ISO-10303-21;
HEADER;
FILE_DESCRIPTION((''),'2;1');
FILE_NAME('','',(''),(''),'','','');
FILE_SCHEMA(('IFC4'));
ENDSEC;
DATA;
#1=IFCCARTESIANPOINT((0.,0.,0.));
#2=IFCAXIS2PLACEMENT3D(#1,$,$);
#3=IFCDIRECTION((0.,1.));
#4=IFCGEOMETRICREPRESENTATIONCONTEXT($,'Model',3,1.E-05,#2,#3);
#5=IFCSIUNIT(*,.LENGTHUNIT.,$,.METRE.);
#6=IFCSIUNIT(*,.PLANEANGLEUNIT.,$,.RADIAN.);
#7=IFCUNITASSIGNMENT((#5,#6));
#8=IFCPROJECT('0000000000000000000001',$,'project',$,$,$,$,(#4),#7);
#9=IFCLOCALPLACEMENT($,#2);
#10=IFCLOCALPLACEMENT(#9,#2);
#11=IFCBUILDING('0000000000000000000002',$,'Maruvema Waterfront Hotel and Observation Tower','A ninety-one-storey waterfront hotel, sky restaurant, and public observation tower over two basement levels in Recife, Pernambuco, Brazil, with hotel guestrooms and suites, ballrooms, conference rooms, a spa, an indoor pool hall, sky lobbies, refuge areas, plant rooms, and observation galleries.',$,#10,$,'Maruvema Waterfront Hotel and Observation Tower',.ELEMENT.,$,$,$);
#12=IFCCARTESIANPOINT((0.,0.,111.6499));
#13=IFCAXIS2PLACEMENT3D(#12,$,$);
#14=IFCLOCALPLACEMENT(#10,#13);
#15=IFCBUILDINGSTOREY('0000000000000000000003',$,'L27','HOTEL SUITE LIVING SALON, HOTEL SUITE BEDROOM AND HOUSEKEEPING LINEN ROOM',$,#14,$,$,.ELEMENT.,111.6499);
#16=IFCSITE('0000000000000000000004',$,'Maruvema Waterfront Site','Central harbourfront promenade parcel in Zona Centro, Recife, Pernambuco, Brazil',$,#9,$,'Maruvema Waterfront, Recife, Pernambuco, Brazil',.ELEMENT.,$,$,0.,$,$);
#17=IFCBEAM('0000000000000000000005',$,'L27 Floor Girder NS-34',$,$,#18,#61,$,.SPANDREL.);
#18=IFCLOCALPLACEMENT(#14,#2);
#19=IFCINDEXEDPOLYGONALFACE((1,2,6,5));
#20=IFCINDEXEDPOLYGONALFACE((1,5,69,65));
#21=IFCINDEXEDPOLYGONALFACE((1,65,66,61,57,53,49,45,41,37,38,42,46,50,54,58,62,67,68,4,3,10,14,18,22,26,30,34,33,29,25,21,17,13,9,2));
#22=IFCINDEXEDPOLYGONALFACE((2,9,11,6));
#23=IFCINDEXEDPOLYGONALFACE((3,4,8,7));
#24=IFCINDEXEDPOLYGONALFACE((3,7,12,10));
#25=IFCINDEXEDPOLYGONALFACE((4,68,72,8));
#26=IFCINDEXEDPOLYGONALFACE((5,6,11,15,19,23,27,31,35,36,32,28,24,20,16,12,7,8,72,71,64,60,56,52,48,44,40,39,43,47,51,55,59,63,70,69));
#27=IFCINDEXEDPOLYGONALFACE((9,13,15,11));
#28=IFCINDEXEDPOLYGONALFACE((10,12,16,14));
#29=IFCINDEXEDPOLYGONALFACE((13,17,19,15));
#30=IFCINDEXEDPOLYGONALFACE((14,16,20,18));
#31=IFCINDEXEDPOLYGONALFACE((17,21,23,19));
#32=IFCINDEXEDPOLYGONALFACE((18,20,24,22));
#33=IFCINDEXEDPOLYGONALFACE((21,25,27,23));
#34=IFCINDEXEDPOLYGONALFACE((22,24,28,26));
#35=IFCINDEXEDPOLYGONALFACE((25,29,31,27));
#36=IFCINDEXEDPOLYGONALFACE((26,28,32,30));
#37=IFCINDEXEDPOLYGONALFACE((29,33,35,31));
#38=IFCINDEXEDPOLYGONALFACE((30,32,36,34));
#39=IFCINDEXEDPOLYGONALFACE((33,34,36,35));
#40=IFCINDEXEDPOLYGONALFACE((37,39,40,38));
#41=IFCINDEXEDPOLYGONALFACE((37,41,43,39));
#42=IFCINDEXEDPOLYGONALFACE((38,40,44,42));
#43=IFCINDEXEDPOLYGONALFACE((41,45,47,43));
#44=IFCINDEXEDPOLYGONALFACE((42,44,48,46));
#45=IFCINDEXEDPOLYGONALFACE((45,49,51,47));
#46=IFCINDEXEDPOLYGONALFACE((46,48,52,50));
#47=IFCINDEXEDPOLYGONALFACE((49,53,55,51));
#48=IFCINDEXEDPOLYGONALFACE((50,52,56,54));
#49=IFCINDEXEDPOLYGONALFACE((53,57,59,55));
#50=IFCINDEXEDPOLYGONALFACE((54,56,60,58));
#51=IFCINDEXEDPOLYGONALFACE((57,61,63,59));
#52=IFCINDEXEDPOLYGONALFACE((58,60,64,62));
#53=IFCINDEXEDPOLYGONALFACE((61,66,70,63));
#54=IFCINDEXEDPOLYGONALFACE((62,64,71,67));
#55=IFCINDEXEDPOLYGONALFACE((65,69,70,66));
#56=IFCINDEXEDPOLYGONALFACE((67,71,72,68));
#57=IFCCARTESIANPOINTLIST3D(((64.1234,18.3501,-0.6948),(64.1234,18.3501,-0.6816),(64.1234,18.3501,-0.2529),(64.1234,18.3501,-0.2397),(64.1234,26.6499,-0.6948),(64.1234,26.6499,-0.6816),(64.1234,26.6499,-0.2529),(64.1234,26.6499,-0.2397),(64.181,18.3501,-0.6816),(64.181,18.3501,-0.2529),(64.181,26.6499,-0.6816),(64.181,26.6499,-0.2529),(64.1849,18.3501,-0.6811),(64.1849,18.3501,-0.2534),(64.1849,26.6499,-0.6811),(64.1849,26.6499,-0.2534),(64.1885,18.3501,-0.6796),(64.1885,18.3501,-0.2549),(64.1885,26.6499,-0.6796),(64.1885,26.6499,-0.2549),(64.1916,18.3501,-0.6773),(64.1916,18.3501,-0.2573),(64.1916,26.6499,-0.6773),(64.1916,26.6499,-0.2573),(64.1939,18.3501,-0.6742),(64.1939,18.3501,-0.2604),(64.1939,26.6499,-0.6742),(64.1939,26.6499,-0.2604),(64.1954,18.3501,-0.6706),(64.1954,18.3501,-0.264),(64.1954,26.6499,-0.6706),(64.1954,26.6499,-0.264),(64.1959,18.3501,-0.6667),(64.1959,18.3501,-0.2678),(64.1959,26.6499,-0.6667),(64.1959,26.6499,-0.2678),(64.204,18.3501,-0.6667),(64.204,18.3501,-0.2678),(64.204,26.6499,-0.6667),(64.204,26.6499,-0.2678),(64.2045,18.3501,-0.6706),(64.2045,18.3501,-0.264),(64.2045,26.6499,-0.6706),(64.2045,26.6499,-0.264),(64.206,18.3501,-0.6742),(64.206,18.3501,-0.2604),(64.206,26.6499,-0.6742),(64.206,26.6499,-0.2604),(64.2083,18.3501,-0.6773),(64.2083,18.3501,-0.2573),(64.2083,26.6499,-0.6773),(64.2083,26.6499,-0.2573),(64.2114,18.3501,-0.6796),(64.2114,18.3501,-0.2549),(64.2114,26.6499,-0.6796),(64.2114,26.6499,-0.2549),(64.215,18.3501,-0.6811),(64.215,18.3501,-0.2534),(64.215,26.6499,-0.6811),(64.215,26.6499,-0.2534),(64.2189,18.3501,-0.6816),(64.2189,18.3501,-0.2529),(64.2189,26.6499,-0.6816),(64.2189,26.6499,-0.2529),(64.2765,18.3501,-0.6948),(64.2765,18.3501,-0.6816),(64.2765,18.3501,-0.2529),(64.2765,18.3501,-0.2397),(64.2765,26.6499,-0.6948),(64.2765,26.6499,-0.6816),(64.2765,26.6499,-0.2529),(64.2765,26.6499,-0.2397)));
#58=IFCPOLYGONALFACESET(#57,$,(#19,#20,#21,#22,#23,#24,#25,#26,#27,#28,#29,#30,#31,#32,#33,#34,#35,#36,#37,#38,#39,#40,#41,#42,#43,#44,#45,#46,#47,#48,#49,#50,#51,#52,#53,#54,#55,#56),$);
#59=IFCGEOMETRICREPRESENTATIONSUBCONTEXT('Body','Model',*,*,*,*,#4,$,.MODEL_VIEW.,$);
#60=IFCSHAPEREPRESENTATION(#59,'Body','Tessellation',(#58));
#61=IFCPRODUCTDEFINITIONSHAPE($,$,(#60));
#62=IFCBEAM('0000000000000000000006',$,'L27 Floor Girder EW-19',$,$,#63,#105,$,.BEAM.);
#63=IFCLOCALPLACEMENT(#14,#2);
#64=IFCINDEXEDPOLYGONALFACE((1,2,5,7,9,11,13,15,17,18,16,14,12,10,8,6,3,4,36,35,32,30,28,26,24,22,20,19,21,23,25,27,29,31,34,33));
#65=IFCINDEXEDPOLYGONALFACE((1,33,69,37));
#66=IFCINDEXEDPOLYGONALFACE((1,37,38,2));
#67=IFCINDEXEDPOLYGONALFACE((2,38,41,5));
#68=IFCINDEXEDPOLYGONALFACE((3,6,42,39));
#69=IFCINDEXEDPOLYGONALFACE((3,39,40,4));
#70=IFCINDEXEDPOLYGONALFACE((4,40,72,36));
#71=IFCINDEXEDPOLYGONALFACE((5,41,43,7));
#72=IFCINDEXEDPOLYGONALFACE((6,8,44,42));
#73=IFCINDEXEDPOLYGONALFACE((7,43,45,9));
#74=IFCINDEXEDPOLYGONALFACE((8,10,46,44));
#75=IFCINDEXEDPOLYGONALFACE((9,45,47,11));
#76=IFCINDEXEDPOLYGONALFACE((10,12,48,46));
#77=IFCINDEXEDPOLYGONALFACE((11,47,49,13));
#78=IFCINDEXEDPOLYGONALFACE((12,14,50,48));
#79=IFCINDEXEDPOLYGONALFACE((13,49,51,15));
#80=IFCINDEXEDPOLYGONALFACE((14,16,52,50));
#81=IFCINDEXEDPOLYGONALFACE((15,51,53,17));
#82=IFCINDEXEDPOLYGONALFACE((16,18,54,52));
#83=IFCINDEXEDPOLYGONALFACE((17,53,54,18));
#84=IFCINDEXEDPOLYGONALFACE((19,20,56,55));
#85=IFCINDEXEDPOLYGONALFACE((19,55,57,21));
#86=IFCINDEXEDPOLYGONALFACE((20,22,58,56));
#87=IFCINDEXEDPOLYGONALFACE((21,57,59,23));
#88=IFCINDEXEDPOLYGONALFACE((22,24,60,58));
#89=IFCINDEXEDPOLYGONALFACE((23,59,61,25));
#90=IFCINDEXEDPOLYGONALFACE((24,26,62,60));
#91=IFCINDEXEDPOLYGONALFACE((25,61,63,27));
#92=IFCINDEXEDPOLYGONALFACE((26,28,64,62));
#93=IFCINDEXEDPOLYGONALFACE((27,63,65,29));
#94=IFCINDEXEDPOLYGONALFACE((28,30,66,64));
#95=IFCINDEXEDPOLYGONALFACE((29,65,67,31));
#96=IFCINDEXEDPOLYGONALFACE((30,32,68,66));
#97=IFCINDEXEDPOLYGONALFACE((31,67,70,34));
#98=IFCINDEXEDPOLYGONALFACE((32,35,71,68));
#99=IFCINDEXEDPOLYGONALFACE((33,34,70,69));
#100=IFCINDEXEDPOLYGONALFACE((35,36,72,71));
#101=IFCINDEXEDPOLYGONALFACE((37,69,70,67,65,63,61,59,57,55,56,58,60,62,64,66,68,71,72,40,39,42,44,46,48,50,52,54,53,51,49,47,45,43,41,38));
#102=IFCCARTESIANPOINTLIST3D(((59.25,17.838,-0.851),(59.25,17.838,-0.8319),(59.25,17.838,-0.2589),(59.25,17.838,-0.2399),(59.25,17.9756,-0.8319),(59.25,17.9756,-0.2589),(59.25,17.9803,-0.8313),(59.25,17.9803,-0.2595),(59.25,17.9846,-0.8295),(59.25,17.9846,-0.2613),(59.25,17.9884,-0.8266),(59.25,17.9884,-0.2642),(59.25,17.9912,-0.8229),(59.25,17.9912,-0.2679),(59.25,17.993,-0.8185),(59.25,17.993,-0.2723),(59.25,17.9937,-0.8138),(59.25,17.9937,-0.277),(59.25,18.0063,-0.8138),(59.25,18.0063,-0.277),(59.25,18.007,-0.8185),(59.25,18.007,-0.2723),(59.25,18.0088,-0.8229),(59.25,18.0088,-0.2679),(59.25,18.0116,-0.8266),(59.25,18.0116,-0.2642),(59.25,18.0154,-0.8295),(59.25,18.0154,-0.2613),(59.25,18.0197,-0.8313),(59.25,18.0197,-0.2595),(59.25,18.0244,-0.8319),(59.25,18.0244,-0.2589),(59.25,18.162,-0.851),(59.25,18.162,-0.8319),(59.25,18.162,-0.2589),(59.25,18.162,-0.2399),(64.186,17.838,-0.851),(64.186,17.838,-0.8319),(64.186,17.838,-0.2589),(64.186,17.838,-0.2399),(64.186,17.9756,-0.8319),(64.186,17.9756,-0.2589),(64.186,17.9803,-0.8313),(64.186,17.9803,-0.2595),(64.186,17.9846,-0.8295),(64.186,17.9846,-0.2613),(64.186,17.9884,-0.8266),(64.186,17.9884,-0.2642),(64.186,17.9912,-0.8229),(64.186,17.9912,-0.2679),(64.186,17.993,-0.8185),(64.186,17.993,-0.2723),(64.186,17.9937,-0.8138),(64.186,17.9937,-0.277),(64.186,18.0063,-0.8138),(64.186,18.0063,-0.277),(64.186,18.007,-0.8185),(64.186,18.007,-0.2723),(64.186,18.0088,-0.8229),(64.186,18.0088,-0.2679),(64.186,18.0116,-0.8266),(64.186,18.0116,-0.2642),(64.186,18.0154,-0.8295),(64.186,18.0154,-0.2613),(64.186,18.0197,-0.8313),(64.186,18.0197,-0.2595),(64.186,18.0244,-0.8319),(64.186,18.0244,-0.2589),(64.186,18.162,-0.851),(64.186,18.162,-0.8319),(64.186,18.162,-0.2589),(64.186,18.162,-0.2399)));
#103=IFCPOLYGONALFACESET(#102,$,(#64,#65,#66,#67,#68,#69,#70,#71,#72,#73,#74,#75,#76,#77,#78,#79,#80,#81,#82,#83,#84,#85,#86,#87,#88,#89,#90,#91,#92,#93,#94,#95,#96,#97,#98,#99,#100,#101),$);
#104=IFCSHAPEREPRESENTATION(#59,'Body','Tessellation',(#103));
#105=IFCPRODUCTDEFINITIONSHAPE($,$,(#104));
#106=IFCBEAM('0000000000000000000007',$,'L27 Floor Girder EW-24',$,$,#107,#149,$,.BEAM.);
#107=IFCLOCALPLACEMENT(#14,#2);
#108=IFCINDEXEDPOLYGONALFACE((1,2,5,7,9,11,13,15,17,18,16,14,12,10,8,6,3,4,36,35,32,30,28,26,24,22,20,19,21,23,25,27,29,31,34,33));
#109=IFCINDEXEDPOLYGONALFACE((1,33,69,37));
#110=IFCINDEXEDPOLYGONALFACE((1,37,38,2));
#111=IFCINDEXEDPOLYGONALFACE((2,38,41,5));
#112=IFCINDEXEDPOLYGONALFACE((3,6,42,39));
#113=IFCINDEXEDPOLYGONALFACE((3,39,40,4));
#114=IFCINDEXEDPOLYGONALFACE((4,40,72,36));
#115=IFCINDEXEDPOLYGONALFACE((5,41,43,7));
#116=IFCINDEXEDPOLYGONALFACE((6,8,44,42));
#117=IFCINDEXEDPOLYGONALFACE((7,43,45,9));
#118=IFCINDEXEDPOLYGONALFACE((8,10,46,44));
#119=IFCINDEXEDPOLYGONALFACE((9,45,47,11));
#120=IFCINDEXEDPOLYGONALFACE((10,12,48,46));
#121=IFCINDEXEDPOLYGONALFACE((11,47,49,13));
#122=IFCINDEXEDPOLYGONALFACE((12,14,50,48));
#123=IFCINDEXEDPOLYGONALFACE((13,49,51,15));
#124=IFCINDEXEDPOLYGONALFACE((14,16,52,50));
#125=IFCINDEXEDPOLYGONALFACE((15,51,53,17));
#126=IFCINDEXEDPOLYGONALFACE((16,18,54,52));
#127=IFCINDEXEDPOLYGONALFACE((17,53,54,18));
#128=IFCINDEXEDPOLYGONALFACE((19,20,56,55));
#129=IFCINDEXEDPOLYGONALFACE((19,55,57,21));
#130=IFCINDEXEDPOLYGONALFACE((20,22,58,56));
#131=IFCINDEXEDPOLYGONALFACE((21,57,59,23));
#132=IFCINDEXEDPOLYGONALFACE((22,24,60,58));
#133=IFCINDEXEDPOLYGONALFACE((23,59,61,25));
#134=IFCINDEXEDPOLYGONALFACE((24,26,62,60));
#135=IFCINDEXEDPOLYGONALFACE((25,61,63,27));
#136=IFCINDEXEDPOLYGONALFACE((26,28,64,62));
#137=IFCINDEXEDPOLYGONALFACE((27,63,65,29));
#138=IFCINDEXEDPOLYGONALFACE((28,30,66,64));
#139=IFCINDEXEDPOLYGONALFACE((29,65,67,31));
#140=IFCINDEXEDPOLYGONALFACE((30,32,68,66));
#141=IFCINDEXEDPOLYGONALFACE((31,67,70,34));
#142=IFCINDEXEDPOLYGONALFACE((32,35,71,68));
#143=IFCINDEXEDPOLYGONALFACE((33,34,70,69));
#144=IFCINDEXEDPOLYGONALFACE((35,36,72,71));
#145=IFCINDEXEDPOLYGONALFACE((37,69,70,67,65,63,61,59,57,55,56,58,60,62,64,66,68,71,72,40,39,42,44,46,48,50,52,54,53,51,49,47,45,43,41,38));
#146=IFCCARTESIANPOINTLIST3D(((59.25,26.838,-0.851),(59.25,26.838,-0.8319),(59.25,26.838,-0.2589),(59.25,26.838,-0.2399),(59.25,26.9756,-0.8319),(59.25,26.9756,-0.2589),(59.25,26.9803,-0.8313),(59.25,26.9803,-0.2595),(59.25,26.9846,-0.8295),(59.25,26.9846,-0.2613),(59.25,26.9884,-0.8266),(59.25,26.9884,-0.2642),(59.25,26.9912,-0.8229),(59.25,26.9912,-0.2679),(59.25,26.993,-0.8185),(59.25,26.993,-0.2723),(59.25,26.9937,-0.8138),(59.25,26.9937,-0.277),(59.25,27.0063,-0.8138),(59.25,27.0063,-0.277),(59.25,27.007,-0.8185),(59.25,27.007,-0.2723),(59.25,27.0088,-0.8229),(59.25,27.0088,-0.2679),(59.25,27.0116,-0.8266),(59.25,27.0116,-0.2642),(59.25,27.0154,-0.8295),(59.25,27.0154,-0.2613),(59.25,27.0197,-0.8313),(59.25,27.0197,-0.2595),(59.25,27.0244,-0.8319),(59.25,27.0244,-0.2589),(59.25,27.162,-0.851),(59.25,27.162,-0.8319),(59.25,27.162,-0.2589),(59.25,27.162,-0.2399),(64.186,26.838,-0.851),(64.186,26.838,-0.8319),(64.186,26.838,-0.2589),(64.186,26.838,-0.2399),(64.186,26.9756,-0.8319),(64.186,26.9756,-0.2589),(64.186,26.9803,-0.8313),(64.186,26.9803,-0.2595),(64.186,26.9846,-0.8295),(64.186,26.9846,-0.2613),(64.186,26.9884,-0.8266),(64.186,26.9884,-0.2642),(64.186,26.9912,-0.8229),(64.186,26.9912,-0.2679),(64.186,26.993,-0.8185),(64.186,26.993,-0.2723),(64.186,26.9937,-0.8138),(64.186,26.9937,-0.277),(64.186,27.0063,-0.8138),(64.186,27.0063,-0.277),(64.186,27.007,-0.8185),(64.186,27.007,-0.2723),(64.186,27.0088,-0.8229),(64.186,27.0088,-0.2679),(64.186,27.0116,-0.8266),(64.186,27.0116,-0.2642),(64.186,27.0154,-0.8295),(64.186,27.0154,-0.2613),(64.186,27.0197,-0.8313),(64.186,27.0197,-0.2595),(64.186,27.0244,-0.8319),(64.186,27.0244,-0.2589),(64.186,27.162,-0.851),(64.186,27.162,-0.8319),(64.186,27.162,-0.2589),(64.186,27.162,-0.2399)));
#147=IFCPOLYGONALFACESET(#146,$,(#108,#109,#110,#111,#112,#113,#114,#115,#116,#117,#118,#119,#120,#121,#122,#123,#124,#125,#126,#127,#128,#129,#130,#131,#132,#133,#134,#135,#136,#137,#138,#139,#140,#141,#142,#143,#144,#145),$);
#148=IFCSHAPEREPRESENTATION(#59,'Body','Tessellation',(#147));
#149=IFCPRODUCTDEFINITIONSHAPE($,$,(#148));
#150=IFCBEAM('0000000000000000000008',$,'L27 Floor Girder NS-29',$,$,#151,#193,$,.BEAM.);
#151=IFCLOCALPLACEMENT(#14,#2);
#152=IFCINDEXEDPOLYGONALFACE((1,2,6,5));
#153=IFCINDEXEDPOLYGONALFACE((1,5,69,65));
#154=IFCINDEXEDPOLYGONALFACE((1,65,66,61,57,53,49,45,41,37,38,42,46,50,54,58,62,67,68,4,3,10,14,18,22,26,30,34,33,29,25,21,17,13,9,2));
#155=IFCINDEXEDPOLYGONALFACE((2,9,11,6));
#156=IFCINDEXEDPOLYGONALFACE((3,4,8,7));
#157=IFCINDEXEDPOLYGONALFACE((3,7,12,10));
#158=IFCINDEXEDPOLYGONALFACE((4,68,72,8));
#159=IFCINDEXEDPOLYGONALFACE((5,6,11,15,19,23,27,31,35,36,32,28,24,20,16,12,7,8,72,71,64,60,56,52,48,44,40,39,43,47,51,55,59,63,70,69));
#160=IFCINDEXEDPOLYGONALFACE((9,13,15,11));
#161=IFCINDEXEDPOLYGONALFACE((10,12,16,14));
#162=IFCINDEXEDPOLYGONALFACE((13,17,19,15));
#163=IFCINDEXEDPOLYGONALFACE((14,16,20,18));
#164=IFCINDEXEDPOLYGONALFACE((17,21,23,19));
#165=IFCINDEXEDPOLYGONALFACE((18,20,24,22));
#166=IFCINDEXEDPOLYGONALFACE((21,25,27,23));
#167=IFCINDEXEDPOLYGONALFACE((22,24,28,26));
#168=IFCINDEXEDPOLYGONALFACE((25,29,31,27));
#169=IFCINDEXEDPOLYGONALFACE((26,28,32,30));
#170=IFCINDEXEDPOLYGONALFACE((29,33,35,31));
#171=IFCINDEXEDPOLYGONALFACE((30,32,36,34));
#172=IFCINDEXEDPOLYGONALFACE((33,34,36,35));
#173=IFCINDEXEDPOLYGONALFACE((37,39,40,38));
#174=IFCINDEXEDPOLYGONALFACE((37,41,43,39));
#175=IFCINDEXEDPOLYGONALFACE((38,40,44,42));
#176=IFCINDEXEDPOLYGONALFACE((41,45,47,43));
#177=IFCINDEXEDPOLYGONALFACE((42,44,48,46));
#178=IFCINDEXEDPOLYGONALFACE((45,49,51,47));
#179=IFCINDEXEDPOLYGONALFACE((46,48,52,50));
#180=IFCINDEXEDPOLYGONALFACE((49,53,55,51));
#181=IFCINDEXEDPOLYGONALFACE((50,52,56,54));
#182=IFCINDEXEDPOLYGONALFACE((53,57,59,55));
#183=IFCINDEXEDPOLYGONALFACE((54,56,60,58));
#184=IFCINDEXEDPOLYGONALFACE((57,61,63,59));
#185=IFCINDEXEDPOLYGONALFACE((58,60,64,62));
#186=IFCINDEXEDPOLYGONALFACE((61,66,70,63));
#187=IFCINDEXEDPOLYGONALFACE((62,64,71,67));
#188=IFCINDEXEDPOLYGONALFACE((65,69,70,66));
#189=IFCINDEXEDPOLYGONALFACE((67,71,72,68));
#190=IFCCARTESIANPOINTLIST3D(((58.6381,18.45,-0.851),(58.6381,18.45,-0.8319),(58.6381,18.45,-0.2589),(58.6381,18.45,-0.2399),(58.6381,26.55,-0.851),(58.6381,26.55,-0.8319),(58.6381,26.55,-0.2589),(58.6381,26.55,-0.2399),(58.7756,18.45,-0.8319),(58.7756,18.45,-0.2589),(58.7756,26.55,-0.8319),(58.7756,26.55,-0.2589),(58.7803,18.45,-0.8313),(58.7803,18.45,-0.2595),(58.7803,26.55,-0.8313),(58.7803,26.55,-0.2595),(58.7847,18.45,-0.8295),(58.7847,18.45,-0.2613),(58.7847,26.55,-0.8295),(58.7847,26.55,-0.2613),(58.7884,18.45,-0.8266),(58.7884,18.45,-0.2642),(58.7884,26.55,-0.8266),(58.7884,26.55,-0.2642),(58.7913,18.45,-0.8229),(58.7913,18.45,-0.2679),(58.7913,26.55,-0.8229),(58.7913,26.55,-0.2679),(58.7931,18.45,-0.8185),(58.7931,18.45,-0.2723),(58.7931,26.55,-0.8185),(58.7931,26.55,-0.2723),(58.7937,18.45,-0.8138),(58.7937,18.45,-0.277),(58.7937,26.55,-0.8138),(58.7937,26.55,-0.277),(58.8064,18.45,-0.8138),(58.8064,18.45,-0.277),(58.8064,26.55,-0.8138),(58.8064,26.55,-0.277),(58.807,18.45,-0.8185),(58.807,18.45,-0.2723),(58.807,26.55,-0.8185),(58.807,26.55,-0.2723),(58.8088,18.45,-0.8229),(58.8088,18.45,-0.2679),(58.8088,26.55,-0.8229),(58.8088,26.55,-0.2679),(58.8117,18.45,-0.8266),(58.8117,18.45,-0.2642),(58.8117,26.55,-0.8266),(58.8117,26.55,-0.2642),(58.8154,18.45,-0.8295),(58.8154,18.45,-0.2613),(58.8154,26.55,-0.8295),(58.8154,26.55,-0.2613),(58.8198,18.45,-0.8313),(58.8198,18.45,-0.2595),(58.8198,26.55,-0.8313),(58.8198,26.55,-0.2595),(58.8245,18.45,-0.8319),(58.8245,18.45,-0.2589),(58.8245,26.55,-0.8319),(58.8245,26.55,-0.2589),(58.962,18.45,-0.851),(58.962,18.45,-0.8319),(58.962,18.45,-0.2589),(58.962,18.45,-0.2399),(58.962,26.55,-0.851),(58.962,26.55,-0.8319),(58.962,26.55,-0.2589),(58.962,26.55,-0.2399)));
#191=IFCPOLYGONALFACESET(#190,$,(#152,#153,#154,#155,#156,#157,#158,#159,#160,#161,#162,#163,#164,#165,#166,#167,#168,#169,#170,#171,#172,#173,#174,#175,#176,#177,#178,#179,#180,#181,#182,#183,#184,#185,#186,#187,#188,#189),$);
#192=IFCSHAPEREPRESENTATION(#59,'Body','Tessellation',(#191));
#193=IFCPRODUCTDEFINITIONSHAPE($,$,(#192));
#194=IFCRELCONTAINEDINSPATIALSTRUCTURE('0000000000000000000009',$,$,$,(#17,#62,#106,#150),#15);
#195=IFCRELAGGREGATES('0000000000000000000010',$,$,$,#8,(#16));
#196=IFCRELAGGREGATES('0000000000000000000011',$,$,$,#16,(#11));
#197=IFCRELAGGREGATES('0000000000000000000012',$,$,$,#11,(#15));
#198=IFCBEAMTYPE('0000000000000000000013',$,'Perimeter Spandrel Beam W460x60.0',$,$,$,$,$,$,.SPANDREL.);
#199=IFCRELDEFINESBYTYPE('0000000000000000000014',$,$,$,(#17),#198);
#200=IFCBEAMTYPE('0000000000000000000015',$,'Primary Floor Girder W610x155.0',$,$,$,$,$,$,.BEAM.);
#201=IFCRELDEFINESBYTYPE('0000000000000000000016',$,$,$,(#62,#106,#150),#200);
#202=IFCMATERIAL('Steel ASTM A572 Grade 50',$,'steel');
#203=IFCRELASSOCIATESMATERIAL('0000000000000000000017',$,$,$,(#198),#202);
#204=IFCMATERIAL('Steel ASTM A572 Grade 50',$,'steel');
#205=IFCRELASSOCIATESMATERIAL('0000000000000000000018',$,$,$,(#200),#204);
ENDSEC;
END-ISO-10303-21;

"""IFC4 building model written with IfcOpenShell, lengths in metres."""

from ifc_helpers import new_model, si_unit, direction, frame, origin, origin_2d, place, context, subcontext, project, spatial, i_section, extrude, material, material_profile, profile_set, type_object, element, save


model = new_model("IFC4")

# Units and contexts
model_context = context("Model", 3, precision=1e-05, world=origin(), true_north=direction((0.0, 1.0)))
body_context = subcontext(model_context, "Body", "Model", "MODEL_VIEW")
ifc_project = project(units=[si_unit("LENGTHUNIT", "METRE"), si_unit("PLANEANGLEUNIT", "RADIAN")], contexts=[model_context])

# Site, building, storey
site_placement = place(None, origin())
site = spatial("IfcSite", under=ifc_project, at=site_placement, Name="Maruvema Waterfront Site", Description="Central harbourfront promenade parcel in Zona Centro, Recife, Pernambuco, Brazil", LongName="Maruvema Waterfront, Recife, Pernambuco, Brazil", CompositionType="ELEMENT", RefElevation=0.0)
building_placement = place(site_placement, origin())
building = spatial("IfcBuilding", under=site, at=building_placement, Name="Maruvema Waterfront Hotel and Observation Tower", Description="A ninety-one-storey waterfront hotel, sky restaurant, and public observation tower over two basement levels in Recife, Pernambuco, Brazil, with hotel guestrooms and suites, ballrooms, conference rooms, a spa, an indoor pool hall, sky lobbies, refuge areas, plant rooms, and observation galleries.", LongName="Maruvema Waterfront Hotel and Observation Tower", CompositionType="ELEMENT")
storey_placement = place(building_placement, frame((0.0, 0.0, 111.6499)))
storey = spatial("IfcBuildingStorey", under=building, at=storey_placement, Name="L27", Description="HOTEL SUITE LIVING SALON, HOTEL SUITE BEDROOM AND HOUSEKEEPING LINEN ROOM", CompositionType="ELEMENT", Elevation=111.6499)

# Beams
ifc_material_1 = material(Name="Steel ASTM A572 Grade 50", Category="steel")
ifc_material_profile_1 = material_profile(ifc_material_1, i_section(OverallWidth=0.1531, OverallDepth=0.4551, WebThickness=0.0081, FlangeThickness=0.0132, FilletRadius=0.0149, at=origin_2d()), Name="W460x60.0")
ifc_profile_set_1 = profile_set([ifc_material_profile_1], Name="Steel ASTM A572 Grade 50")
beam_type_1 = type_object("IfcBeamType", Name="Perimeter Spandrel Beam W460x60.0", PredefinedType="SPANDREL", material=ifc_profile_set_1)
beam_1_placement = place(storey_placement, frame((64.2, 18.3501, -0.4673), z_axis=(0.0, 1.0, 0.0), x_axis=(-1.0, 0.0, 0.0)))
element("IfcBeam", 1, at=beam_1_placement, inside=storey, type_object=beam_type_1, Name="L27 Floor Girder NS-34", PredefinedType="SPANDREL", context=body_context, shape_type="SweptSolid", body=[
    extrude(i_section(OverallWidth=0.1531, OverallDepth=0.4551, WebThickness=0.0081, FlangeThickness=0.0132, FilletRadius=0.0149, at=origin_2d()), origin(), (0.0, 0.0, 1.0), 8.2998),
])
ifc_material_2 = material(Name="Steel ASTM A572 Grade 50", Category="steel")
ifc_material_profile_2 = material_profile(ifc_material_2, i_section(OverallWidth=0.324, OverallDepth=0.6111, WebThickness=0.0127, FlangeThickness=0.019, FilletRadius=0.0181, at=origin_2d()), Name="W610x155.0")
ifc_profile_set_2 = profile_set([ifc_material_profile_2], Name="Steel ASTM A572 Grade 50")
beam_type_2 = type_object("IfcBeamType", Name="Primary Floor Girder W610x155.0", PredefinedType="BEAM", material=ifc_profile_set_2)
for number, where, z_axis, x_axis, name in (
    (2, (59.25, 18.0, -0.5454), (1.0, 0.0, 0.0), (0.0, 1.0, 0.0), "L27 Floor Girder EW-19"),
    (3, (59.25, 27.0, -0.5454), (1.0, 0.0, 0.0), (0.0, 1.0, 0.0), "L27 Floor Girder EW-24"),
):
    element("IfcBeam", number, at=place(storey_placement, frame(where, z_axis=z_axis, x_axis=x_axis)), inside=storey, type_object=beam_type_2, Name=name, PredefinedType="BEAM", context=body_context, shape_type="SweptSolid", body=[
        extrude(i_section(OverallWidth=0.324, OverallDepth=0.6111, WebThickness=0.0127, FlangeThickness=0.019, FilletRadius=0.0181, at=origin_2d()), origin(), (0.0, 0.0, 1.0), 4.936),
    ])
beam_2_placement = place(storey_placement, frame((58.8, 18.45, -0.5454), z_axis=(0.0, 1.0, 0.0), x_axis=(-1.0, 0.0, 0.0)))
element("IfcBeam", 4, at=beam_2_placement, inside=storey, type_object=beam_type_2, Name="L27 Floor Girder NS-29", PredefinedType="BEAM", context=body_context, shape_type="SweptSolid", body=[
    extrude(i_section(OverallWidth=0.324, OverallDepth=0.6111, WebThickness=0.0127, FlangeThickness=0.019, FilletRadius=0.0181, at=origin_2d()), origin(), (0.0, 0.0, 1.0), 8.1001),
])

save(model, "model.ifc")
